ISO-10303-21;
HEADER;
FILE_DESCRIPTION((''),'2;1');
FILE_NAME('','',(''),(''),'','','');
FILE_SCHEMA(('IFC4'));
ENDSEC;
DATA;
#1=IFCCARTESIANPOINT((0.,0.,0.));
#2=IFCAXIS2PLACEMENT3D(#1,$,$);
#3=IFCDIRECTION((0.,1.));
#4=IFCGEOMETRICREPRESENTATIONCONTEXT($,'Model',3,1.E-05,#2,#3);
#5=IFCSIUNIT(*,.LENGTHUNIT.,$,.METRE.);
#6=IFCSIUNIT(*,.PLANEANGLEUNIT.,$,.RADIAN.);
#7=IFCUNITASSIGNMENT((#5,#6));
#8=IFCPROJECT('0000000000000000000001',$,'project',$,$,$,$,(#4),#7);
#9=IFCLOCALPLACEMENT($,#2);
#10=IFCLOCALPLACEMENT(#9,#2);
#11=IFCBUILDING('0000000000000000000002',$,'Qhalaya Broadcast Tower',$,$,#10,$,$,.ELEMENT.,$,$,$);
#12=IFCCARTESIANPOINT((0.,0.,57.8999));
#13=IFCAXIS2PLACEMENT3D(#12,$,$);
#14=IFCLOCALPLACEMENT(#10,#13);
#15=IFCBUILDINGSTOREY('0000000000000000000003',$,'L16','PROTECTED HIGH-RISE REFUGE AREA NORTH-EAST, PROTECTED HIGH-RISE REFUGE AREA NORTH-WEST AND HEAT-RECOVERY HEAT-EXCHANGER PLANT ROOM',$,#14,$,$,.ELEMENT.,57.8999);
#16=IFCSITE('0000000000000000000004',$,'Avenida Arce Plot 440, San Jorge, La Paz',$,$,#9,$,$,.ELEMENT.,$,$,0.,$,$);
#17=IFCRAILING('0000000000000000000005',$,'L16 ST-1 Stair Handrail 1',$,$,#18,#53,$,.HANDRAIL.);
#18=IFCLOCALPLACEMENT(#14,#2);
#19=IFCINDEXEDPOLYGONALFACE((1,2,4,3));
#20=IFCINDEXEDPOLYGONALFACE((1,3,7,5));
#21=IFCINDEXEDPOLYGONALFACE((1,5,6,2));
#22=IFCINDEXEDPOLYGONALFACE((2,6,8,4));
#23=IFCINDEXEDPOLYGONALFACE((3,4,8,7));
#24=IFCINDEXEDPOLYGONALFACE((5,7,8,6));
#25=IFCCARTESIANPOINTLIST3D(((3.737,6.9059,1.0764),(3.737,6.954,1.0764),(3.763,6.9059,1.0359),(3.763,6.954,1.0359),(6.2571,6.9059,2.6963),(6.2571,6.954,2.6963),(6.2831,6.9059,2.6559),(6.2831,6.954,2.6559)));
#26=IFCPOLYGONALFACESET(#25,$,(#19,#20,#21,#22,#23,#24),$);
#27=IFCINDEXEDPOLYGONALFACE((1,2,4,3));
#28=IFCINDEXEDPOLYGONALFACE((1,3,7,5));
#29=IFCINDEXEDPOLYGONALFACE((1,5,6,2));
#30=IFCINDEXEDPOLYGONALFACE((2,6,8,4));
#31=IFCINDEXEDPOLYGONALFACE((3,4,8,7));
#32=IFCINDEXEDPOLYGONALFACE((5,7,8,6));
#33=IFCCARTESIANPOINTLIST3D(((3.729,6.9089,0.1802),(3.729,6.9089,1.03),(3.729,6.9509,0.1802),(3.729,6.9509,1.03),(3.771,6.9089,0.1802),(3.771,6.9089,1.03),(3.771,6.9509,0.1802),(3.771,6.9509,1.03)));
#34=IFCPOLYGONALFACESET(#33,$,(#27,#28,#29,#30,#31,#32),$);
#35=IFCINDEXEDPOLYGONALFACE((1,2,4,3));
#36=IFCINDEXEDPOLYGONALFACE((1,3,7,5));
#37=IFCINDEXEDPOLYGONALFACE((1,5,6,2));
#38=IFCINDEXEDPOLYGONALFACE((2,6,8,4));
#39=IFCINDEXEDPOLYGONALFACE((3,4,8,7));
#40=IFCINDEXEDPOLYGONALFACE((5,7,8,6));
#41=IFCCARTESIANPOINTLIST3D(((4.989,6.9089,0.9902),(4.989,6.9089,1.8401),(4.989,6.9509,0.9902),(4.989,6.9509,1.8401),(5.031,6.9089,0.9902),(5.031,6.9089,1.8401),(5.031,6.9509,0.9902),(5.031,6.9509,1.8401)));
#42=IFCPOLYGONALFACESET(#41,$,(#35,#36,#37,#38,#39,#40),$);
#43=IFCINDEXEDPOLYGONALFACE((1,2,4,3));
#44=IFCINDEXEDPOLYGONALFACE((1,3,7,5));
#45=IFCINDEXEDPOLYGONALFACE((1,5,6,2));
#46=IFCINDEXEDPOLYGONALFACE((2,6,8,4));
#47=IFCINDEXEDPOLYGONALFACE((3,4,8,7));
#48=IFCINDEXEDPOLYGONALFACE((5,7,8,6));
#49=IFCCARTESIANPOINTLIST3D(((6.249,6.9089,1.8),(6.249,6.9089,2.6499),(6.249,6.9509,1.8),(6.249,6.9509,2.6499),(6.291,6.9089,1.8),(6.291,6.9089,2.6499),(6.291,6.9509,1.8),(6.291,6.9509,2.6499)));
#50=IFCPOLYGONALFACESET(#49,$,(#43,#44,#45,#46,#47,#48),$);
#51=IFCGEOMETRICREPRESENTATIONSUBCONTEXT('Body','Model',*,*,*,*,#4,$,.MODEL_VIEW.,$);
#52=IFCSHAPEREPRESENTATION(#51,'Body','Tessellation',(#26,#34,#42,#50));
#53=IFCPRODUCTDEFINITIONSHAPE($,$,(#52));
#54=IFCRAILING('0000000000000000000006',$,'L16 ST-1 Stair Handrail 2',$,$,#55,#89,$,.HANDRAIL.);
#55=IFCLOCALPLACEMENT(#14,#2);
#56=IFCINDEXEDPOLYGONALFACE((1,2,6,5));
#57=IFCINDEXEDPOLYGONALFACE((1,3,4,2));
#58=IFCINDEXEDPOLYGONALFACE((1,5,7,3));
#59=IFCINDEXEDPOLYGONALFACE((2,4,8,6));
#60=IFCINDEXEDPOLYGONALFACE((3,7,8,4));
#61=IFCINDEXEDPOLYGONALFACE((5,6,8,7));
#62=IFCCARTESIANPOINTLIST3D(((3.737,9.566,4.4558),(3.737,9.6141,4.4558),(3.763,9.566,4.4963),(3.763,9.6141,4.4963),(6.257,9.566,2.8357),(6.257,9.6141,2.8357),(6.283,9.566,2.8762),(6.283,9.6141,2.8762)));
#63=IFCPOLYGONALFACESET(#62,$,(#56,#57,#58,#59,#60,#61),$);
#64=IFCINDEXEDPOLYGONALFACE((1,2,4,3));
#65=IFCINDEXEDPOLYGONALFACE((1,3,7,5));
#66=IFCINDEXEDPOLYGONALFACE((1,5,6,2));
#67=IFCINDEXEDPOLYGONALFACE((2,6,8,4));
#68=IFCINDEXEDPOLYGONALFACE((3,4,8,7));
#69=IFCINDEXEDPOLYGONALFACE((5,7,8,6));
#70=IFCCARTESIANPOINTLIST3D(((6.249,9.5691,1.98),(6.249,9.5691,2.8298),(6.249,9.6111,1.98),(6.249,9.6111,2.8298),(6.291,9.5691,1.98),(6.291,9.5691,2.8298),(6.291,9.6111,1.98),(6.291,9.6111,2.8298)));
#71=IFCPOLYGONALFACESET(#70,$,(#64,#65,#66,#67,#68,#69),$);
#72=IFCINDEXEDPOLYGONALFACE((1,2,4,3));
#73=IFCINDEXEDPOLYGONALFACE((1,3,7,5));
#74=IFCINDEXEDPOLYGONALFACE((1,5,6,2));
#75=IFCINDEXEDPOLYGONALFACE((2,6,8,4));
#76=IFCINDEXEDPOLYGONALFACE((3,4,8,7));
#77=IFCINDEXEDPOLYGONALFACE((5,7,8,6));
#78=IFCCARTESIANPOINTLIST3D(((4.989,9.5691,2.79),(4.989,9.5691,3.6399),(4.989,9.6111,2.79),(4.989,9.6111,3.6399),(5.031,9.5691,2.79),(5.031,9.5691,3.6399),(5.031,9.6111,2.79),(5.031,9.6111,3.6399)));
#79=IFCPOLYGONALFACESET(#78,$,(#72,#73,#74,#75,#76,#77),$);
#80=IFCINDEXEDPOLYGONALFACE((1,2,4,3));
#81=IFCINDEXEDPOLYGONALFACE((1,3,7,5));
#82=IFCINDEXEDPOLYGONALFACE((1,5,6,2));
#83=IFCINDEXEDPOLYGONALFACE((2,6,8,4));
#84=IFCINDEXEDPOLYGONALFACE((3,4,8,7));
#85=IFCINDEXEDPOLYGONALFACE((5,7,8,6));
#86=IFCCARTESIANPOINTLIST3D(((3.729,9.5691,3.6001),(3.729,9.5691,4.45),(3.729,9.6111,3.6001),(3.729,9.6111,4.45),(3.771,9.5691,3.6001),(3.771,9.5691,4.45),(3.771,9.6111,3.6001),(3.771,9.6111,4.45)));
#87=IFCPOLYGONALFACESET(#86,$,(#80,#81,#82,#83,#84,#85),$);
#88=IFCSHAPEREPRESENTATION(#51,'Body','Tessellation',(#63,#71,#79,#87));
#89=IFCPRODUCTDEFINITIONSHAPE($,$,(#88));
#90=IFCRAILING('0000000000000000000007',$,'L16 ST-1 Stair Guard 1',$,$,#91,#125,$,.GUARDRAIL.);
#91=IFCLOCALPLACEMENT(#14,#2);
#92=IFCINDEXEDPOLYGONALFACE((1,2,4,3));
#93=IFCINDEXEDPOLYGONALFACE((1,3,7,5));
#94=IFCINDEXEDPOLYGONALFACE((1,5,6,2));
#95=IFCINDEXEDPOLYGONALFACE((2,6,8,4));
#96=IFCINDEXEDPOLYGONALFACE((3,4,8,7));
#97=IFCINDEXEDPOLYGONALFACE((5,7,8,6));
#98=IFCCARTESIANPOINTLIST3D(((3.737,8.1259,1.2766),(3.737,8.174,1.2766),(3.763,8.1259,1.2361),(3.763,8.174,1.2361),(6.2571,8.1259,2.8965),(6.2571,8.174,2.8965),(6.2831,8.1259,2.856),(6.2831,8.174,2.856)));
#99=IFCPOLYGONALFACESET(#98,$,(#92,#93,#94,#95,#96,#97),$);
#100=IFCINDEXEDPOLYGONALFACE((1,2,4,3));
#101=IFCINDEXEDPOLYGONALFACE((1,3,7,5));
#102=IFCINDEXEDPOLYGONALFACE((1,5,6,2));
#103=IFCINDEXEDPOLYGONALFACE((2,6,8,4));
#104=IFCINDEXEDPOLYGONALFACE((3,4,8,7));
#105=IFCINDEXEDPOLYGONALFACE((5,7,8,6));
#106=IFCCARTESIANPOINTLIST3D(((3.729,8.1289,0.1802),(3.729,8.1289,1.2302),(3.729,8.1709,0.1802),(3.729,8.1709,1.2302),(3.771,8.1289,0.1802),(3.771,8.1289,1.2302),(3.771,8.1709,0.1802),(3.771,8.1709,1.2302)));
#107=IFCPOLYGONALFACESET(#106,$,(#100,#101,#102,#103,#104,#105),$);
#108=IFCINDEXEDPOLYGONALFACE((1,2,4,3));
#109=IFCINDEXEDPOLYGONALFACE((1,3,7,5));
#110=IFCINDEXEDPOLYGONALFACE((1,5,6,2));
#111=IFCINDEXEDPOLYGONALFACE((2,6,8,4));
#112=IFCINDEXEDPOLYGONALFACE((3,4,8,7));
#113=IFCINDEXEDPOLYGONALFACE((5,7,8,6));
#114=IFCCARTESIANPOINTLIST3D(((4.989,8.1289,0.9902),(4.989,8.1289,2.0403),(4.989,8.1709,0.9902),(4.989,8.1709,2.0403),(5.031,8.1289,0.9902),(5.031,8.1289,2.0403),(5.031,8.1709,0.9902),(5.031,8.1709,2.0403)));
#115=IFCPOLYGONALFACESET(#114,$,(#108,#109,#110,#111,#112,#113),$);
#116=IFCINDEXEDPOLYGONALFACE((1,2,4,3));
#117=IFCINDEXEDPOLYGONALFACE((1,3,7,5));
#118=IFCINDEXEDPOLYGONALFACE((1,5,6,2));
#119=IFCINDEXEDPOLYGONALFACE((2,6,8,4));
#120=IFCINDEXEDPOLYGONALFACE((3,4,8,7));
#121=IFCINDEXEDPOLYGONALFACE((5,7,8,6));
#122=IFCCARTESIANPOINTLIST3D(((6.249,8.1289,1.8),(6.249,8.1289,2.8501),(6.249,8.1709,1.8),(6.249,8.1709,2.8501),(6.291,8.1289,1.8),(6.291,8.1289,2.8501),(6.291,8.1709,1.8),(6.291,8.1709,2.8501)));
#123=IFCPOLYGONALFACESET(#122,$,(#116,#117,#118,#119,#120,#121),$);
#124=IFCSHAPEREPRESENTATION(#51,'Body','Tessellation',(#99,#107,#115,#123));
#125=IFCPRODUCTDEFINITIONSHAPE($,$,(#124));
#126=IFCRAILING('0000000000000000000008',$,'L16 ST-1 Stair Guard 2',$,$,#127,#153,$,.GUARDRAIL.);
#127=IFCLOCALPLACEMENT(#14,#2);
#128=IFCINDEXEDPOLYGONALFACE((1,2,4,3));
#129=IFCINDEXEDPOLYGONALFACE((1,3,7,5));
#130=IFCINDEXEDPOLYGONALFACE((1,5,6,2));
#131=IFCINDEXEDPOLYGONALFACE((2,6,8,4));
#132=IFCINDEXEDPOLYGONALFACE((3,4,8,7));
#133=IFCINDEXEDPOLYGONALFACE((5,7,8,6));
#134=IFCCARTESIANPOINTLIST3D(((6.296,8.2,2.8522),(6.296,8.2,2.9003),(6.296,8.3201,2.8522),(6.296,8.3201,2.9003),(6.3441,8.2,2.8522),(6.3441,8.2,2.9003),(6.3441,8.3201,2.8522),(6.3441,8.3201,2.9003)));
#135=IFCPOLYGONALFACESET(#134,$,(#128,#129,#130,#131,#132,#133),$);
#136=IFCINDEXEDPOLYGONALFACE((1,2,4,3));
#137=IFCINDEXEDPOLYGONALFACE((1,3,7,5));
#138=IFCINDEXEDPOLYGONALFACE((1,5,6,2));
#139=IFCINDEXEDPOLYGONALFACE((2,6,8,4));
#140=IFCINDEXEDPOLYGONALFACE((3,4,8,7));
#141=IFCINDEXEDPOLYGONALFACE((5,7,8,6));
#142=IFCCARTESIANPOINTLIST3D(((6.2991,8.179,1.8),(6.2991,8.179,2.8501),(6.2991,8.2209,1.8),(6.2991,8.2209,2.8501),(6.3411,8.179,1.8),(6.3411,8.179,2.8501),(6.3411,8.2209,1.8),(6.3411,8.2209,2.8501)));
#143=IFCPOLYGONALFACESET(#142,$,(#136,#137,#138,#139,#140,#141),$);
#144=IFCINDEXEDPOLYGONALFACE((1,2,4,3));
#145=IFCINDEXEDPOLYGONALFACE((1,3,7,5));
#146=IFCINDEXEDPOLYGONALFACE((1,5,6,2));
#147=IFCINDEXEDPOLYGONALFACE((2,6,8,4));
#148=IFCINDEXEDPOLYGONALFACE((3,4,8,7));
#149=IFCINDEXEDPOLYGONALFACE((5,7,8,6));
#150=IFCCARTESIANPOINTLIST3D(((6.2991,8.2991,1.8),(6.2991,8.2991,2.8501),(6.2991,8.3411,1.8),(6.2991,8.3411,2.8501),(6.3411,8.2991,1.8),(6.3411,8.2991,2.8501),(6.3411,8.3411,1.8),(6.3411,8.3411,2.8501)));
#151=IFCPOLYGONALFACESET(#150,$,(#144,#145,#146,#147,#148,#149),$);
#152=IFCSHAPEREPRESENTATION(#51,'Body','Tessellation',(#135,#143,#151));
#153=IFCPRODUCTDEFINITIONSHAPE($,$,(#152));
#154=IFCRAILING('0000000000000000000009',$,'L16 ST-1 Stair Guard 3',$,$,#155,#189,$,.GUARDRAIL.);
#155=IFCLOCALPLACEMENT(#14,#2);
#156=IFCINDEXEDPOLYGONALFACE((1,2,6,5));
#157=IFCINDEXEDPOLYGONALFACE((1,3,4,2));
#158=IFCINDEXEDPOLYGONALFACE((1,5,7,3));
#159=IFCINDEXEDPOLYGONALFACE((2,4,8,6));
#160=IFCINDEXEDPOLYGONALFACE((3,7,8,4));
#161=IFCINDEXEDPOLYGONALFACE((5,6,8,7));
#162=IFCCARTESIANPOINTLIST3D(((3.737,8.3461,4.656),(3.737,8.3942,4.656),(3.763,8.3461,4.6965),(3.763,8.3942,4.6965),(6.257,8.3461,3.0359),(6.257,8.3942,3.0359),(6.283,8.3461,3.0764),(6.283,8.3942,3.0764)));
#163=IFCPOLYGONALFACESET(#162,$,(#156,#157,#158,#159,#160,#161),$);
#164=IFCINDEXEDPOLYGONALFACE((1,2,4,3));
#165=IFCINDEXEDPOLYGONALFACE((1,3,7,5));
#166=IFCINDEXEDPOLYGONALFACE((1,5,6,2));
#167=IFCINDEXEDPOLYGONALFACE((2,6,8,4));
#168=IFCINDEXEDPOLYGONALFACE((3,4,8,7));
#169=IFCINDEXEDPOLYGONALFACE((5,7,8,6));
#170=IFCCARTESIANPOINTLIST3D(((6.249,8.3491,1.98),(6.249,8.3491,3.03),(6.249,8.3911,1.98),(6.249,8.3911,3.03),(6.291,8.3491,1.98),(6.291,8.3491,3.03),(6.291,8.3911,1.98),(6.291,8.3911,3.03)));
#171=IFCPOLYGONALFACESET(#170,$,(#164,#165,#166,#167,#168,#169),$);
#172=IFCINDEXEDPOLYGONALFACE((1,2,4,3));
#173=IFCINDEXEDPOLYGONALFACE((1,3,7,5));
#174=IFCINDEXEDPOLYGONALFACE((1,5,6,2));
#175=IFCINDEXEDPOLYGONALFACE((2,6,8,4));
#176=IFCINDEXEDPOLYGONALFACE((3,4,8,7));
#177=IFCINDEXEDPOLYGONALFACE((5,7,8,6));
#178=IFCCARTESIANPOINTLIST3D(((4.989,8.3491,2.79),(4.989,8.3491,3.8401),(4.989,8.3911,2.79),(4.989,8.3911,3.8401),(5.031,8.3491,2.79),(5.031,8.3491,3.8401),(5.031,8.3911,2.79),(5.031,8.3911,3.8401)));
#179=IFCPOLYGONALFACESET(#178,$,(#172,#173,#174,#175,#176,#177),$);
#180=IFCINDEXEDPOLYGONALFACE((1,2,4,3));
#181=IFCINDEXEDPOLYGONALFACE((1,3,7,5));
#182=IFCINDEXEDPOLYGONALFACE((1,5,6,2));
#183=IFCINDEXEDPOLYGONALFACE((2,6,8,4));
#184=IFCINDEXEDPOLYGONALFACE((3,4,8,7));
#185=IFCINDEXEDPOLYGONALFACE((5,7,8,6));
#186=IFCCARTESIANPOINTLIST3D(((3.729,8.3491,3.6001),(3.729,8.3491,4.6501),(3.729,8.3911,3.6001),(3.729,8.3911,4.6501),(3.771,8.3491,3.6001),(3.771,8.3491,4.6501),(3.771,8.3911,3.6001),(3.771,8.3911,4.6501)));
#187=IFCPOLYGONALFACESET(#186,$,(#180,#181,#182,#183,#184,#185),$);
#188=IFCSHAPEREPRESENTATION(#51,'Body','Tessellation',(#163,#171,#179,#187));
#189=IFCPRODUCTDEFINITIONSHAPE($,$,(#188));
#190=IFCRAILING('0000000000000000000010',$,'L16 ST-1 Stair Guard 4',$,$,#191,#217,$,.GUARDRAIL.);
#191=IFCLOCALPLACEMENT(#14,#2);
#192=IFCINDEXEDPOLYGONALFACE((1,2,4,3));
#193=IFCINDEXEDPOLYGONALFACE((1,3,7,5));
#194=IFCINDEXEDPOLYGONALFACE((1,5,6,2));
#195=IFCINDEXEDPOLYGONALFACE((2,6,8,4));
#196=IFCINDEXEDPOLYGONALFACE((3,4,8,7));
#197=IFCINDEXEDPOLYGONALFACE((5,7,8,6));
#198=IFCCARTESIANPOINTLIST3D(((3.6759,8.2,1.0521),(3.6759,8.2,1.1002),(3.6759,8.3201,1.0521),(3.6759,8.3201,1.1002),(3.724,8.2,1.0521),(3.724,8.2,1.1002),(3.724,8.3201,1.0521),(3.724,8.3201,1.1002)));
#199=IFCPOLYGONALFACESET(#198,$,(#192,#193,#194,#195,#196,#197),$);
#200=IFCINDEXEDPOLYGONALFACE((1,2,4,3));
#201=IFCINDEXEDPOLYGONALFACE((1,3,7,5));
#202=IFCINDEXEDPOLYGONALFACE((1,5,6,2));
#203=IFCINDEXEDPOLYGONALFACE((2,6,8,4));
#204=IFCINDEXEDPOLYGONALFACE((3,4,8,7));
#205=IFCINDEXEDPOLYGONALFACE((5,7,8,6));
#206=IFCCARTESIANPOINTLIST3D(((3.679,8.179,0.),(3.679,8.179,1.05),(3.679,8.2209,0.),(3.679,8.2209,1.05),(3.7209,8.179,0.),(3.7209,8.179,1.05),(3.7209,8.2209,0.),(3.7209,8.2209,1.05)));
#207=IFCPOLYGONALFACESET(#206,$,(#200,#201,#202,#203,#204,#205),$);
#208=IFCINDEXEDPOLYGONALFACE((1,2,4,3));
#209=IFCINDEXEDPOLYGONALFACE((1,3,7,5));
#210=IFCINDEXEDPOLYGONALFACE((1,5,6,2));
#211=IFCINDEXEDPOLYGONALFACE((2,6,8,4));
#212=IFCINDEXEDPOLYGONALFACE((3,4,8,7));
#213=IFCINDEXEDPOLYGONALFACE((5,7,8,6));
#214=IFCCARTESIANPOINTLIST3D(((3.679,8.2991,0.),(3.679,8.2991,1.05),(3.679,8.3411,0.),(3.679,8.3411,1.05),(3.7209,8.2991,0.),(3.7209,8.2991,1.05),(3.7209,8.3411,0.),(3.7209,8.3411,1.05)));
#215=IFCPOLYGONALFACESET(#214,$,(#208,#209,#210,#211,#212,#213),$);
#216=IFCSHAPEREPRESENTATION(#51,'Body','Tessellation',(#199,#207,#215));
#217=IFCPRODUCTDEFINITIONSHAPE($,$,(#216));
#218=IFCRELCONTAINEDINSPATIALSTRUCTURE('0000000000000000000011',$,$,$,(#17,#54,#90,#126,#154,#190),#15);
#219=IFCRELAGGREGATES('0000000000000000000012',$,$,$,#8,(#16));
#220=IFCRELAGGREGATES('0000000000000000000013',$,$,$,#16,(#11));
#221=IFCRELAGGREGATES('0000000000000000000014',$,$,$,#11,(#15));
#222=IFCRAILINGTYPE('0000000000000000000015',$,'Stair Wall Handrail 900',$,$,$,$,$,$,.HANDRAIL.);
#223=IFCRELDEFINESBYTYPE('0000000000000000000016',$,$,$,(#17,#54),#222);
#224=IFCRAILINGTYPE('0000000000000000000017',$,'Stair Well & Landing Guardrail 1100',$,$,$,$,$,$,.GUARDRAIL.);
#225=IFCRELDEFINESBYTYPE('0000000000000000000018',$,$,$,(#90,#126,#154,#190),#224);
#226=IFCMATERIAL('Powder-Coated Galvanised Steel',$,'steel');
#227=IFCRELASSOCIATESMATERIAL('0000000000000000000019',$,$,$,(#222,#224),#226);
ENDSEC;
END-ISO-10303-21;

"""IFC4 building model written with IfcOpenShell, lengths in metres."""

from ifc_helpers import new_model, si_unit, direction, frame, origin, origin_2d, place, context, subcontext, project, spatial, rectangle, extrude, material, type_object, element, save


model = new_model("IFC4")

# Units and contexts
model_context = context("Model", 3, precision=1e-05, world=origin(), true_north=direction((0.0, 1.0)))
body_context = subcontext(model_context, "Body", "Model", "MODEL_VIEW")
ifc_project = project(units=[si_unit("LENGTHUNIT", "METRE"), si_unit("PLANEANGLEUNIT", "RADIAN")], contexts=[model_context])

# Site, building, storey
site_placement = place(None, origin())
site = spatial("IfcSite", under=ifc_project, at=site_placement, Name="Avenida Arce Plot 440, San Jorge, La Paz", CompositionType="ELEMENT", RefElevation=0.0)
building_placement = place(site_placement, origin())
building = spatial("IfcBuilding", under=site, at=building_placement, Name="Qhalaya Broadcast Tower", CompositionType="ELEMENT")
storey_placement = place(building_placement, frame((0.0, 0.0, 57.8999)))
storey = spatial("IfcBuildingStorey", under=building, at=storey_placement, Name="L16", Description="PROTECTED HIGH-RISE REFUGE AREA NORTH-EAST, PROTECTED HIGH-RISE REFUGE AREA NORTH-WEST AND HEAT-RECOVERY HEAT-EXCHANGER PLANT ROOM", CompositionType="ELEMENT", Elevation=57.8999)

# Railings
ifc_material_1 = material(Name="Powder-Coated Galvanised Steel", Category="steel")
railing_type_1 = type_object("IfcRailingType", Name="Stair Wall Handrail 900", PredefinedType="HANDRAIL", material=ifc_material_1)
railing_1_placement = place(storey_placement, frame((3.75, 6.9299, 0.1802)))
element("IfcRailing", 1, at=railing_1_placement, inside=storey, type_object=railing_type_1, Name="L16 ST-1 Stair Handrail 1", PredefinedType="HANDRAIL", context=body_context, shape_type="SweptSolid", body=[
    extrude(rectangle(XDim=0.0481, YDim=0.0481, at=origin_2d()), frame((0.0, 0.0, 0.876), z_axis=(0.8412, 0.0, 0.540725), x_axis=(0.0, 1.0, 0.0)), (0.0, 0.0, 1.0), 2.9958),
    extrude(rectangle(XDim=0.042, YDim=0.042, at=origin_2d()), origin(), (0.0, 0.0, 1.0), 0.8499),
    extrude(rectangle(XDim=0.042, YDim=0.042, at=origin_2d()), frame((1.26, 0.0, 0.8101)), (0.0, 0.0, 1.0), 0.8499),
    extrude(rectangle(XDim=0.042, YDim=0.042, at=origin_2d()), frame((2.52, 0.0, 1.6199)), (0.0, 0.0, 1.0), 0.8499),
])
railing_2_placement = place(storey_placement, frame((6.27, 9.5901, 1.98)))
element("IfcRailing", 2, at=railing_2_placement, inside=storey, type_object=railing_type_1, Name="L16 ST-1 Stair Handrail 2", PredefinedType="HANDRAIL", context=body_context, shape_type="SweptSolid", body=[
    extrude(rectangle(XDim=0.0481, YDim=0.0481, at=origin_2d()), frame((0.0, 0.0, 0.876), z_axis=(-0.841163, 0.0, 0.540782), x_axis=(0.0, -1.0, 0.0)), (0.0, 0.0, 1.0), 2.9958),
    extrude(rectangle(XDim=0.042, YDim=0.042, at=origin_2d()), origin(), (0.0, 0.0, 1.0), 0.8499),
    extrude(rectangle(XDim=0.042, YDim=0.042, at=origin_2d()), frame((-1.26, 0.0, 0.8101)), (0.0, 0.0, 1.0), 0.8499),
    extrude(rectangle(XDim=0.042, YDim=0.042, at=origin_2d()), frame((-2.52, 0.0, 1.6201)), (0.0, 0.0, 1.0), 0.8499),
])
railing_type_2 = type_object("IfcRailingType", Name="Stair Well & Landing Guardrail 1100", PredefinedType="GUARDRAIL", material=ifc_material_1)
railing_3_placement = place(storey_placement, frame((3.75, 8.1499, 0.1802)))
element("IfcRailing", 3, at=railing_3_placement, inside=storey, type_object=railing_type_2, Name="L16 ST-1 Stair Guard 1", PredefinedType="GUARDRAIL", context=body_context, shape_type="SweptSolid", body=[
    extrude(rectangle(XDim=0.0481, YDim=0.0481, at=origin_2d()), frame((0.0, 0.0, 1.0762), z_axis=(0.8412, 0.0, 0.540725), x_axis=(0.0, 1.0, 0.0)), (0.0, 0.0, 1.0), 2.9958),
    extrude(rectangle(XDim=0.042, YDim=0.042, at=origin_2d()), origin(), (0.0, 0.0, 1.0), 1.05),
    extrude(rectangle(XDim=0.042, YDim=0.042, at=origin_2d()), frame((1.26, 0.0, 0.8101)), (0.0, 0.0, 1.0), 1.05),
    extrude(rectangle(XDim=0.042, YDim=0.042, at=origin_2d()), frame((2.52, 0.0, 1.6199)), (0.0, 0.0, 1.0), 1.05),
])
railing_4_placement = place(storey_placement, frame((6.3201, 8.2, 1.8)))
element("IfcRailing", 4, at=railing_4_placement, inside=storey, type_object=railing_type_2, Name="L16 ST-1 Stair Guard 2", PredefinedType="GUARDRAIL", context=body_context, shape_type="SweptSolid", body=[
    extrude(rectangle(XDim=0.0481, YDim=0.0481, at=origin_2d()), frame((0.0, 0.0, 1.0762), z_axis=(0.0, 1.0, 0.0), x_axis=(-1.0, 0.0, 0.0)), (0.0, 0.0, 1.0), 0.1201),
    extrude(rectangle(XDim=0.042, YDim=0.042, at=origin_2d()), origin(), (0.0, 0.0, 1.0), 1.05),
    extrude(rectangle(XDim=0.042, YDim=0.042, at=origin_2d()), frame((0.0, 0.1201, 0.0)), (0.0, 0.0, 1.0), 1.05),
])
railing_5_placement = place(storey_placement, frame((6.27, 8.3701, 1.98)))
element("IfcRailing", 5, at=railing_5_placement, inside=storey, type_object=railing_type_2, Name="L16 ST-1 Stair Guard 3", PredefinedType="GUARDRAIL", context=body_context, shape_type="SweptSolid", body=[
    extrude(rectangle(XDim=0.0481, YDim=0.0481, at=origin_2d()), frame((0.0, 0.0, 1.0762), z_axis=(-0.841163, 0.0, 0.540782), x_axis=(0.0, -1.0, 0.0)), (0.0, 0.0, 1.0), 2.9958),
    extrude(rectangle(XDim=0.042, YDim=0.042, at=origin_2d()), origin(), (0.0, 0.0, 1.0), 1.05),
    extrude(rectangle(XDim=0.042, YDim=0.042, at=origin_2d()), frame((-1.26, 0.0, 0.8101)), (0.0, 0.0, 1.0), 1.05),
    extrude(rectangle(XDim=0.042, YDim=0.042, at=origin_2d()), frame((-2.52, 0.0, 1.6201)), (0.0, 0.0, 1.0), 1.05),
])
railing_6_placement = place(storey_placement, frame((3.7, 8.2, 0.0)))
element("IfcRailing", 6, at=railing_6_placement, inside=storey, type_object=railing_type_2, Name="L16 ST-1 Stair Guard 4", PredefinedType="GUARDRAIL", context=body_context, shape_type="SweptSolid", body=[
    extrude(rectangle(XDim=0.0481, YDim=0.0481, at=origin_2d()), frame((0.0, 0.0, 1.0762), z_axis=(0.0, 1.0, 0.0), x_axis=(-1.0, 0.0, 0.0)), (0.0, 0.0, 1.0), 0.1201),
    extrude(rectangle(XDim=0.042, YDim=0.042, at=origin_2d()), origin(), (0.0, 0.0, 1.0), 1.05),
    extrude(rectangle(XDim=0.042, YDim=0.042, at=origin_2d()), frame((0.0, 0.1201, 0.0)), (0.0, 0.0, 1.0), 1.05),
])

save(model, "model.ifc")
